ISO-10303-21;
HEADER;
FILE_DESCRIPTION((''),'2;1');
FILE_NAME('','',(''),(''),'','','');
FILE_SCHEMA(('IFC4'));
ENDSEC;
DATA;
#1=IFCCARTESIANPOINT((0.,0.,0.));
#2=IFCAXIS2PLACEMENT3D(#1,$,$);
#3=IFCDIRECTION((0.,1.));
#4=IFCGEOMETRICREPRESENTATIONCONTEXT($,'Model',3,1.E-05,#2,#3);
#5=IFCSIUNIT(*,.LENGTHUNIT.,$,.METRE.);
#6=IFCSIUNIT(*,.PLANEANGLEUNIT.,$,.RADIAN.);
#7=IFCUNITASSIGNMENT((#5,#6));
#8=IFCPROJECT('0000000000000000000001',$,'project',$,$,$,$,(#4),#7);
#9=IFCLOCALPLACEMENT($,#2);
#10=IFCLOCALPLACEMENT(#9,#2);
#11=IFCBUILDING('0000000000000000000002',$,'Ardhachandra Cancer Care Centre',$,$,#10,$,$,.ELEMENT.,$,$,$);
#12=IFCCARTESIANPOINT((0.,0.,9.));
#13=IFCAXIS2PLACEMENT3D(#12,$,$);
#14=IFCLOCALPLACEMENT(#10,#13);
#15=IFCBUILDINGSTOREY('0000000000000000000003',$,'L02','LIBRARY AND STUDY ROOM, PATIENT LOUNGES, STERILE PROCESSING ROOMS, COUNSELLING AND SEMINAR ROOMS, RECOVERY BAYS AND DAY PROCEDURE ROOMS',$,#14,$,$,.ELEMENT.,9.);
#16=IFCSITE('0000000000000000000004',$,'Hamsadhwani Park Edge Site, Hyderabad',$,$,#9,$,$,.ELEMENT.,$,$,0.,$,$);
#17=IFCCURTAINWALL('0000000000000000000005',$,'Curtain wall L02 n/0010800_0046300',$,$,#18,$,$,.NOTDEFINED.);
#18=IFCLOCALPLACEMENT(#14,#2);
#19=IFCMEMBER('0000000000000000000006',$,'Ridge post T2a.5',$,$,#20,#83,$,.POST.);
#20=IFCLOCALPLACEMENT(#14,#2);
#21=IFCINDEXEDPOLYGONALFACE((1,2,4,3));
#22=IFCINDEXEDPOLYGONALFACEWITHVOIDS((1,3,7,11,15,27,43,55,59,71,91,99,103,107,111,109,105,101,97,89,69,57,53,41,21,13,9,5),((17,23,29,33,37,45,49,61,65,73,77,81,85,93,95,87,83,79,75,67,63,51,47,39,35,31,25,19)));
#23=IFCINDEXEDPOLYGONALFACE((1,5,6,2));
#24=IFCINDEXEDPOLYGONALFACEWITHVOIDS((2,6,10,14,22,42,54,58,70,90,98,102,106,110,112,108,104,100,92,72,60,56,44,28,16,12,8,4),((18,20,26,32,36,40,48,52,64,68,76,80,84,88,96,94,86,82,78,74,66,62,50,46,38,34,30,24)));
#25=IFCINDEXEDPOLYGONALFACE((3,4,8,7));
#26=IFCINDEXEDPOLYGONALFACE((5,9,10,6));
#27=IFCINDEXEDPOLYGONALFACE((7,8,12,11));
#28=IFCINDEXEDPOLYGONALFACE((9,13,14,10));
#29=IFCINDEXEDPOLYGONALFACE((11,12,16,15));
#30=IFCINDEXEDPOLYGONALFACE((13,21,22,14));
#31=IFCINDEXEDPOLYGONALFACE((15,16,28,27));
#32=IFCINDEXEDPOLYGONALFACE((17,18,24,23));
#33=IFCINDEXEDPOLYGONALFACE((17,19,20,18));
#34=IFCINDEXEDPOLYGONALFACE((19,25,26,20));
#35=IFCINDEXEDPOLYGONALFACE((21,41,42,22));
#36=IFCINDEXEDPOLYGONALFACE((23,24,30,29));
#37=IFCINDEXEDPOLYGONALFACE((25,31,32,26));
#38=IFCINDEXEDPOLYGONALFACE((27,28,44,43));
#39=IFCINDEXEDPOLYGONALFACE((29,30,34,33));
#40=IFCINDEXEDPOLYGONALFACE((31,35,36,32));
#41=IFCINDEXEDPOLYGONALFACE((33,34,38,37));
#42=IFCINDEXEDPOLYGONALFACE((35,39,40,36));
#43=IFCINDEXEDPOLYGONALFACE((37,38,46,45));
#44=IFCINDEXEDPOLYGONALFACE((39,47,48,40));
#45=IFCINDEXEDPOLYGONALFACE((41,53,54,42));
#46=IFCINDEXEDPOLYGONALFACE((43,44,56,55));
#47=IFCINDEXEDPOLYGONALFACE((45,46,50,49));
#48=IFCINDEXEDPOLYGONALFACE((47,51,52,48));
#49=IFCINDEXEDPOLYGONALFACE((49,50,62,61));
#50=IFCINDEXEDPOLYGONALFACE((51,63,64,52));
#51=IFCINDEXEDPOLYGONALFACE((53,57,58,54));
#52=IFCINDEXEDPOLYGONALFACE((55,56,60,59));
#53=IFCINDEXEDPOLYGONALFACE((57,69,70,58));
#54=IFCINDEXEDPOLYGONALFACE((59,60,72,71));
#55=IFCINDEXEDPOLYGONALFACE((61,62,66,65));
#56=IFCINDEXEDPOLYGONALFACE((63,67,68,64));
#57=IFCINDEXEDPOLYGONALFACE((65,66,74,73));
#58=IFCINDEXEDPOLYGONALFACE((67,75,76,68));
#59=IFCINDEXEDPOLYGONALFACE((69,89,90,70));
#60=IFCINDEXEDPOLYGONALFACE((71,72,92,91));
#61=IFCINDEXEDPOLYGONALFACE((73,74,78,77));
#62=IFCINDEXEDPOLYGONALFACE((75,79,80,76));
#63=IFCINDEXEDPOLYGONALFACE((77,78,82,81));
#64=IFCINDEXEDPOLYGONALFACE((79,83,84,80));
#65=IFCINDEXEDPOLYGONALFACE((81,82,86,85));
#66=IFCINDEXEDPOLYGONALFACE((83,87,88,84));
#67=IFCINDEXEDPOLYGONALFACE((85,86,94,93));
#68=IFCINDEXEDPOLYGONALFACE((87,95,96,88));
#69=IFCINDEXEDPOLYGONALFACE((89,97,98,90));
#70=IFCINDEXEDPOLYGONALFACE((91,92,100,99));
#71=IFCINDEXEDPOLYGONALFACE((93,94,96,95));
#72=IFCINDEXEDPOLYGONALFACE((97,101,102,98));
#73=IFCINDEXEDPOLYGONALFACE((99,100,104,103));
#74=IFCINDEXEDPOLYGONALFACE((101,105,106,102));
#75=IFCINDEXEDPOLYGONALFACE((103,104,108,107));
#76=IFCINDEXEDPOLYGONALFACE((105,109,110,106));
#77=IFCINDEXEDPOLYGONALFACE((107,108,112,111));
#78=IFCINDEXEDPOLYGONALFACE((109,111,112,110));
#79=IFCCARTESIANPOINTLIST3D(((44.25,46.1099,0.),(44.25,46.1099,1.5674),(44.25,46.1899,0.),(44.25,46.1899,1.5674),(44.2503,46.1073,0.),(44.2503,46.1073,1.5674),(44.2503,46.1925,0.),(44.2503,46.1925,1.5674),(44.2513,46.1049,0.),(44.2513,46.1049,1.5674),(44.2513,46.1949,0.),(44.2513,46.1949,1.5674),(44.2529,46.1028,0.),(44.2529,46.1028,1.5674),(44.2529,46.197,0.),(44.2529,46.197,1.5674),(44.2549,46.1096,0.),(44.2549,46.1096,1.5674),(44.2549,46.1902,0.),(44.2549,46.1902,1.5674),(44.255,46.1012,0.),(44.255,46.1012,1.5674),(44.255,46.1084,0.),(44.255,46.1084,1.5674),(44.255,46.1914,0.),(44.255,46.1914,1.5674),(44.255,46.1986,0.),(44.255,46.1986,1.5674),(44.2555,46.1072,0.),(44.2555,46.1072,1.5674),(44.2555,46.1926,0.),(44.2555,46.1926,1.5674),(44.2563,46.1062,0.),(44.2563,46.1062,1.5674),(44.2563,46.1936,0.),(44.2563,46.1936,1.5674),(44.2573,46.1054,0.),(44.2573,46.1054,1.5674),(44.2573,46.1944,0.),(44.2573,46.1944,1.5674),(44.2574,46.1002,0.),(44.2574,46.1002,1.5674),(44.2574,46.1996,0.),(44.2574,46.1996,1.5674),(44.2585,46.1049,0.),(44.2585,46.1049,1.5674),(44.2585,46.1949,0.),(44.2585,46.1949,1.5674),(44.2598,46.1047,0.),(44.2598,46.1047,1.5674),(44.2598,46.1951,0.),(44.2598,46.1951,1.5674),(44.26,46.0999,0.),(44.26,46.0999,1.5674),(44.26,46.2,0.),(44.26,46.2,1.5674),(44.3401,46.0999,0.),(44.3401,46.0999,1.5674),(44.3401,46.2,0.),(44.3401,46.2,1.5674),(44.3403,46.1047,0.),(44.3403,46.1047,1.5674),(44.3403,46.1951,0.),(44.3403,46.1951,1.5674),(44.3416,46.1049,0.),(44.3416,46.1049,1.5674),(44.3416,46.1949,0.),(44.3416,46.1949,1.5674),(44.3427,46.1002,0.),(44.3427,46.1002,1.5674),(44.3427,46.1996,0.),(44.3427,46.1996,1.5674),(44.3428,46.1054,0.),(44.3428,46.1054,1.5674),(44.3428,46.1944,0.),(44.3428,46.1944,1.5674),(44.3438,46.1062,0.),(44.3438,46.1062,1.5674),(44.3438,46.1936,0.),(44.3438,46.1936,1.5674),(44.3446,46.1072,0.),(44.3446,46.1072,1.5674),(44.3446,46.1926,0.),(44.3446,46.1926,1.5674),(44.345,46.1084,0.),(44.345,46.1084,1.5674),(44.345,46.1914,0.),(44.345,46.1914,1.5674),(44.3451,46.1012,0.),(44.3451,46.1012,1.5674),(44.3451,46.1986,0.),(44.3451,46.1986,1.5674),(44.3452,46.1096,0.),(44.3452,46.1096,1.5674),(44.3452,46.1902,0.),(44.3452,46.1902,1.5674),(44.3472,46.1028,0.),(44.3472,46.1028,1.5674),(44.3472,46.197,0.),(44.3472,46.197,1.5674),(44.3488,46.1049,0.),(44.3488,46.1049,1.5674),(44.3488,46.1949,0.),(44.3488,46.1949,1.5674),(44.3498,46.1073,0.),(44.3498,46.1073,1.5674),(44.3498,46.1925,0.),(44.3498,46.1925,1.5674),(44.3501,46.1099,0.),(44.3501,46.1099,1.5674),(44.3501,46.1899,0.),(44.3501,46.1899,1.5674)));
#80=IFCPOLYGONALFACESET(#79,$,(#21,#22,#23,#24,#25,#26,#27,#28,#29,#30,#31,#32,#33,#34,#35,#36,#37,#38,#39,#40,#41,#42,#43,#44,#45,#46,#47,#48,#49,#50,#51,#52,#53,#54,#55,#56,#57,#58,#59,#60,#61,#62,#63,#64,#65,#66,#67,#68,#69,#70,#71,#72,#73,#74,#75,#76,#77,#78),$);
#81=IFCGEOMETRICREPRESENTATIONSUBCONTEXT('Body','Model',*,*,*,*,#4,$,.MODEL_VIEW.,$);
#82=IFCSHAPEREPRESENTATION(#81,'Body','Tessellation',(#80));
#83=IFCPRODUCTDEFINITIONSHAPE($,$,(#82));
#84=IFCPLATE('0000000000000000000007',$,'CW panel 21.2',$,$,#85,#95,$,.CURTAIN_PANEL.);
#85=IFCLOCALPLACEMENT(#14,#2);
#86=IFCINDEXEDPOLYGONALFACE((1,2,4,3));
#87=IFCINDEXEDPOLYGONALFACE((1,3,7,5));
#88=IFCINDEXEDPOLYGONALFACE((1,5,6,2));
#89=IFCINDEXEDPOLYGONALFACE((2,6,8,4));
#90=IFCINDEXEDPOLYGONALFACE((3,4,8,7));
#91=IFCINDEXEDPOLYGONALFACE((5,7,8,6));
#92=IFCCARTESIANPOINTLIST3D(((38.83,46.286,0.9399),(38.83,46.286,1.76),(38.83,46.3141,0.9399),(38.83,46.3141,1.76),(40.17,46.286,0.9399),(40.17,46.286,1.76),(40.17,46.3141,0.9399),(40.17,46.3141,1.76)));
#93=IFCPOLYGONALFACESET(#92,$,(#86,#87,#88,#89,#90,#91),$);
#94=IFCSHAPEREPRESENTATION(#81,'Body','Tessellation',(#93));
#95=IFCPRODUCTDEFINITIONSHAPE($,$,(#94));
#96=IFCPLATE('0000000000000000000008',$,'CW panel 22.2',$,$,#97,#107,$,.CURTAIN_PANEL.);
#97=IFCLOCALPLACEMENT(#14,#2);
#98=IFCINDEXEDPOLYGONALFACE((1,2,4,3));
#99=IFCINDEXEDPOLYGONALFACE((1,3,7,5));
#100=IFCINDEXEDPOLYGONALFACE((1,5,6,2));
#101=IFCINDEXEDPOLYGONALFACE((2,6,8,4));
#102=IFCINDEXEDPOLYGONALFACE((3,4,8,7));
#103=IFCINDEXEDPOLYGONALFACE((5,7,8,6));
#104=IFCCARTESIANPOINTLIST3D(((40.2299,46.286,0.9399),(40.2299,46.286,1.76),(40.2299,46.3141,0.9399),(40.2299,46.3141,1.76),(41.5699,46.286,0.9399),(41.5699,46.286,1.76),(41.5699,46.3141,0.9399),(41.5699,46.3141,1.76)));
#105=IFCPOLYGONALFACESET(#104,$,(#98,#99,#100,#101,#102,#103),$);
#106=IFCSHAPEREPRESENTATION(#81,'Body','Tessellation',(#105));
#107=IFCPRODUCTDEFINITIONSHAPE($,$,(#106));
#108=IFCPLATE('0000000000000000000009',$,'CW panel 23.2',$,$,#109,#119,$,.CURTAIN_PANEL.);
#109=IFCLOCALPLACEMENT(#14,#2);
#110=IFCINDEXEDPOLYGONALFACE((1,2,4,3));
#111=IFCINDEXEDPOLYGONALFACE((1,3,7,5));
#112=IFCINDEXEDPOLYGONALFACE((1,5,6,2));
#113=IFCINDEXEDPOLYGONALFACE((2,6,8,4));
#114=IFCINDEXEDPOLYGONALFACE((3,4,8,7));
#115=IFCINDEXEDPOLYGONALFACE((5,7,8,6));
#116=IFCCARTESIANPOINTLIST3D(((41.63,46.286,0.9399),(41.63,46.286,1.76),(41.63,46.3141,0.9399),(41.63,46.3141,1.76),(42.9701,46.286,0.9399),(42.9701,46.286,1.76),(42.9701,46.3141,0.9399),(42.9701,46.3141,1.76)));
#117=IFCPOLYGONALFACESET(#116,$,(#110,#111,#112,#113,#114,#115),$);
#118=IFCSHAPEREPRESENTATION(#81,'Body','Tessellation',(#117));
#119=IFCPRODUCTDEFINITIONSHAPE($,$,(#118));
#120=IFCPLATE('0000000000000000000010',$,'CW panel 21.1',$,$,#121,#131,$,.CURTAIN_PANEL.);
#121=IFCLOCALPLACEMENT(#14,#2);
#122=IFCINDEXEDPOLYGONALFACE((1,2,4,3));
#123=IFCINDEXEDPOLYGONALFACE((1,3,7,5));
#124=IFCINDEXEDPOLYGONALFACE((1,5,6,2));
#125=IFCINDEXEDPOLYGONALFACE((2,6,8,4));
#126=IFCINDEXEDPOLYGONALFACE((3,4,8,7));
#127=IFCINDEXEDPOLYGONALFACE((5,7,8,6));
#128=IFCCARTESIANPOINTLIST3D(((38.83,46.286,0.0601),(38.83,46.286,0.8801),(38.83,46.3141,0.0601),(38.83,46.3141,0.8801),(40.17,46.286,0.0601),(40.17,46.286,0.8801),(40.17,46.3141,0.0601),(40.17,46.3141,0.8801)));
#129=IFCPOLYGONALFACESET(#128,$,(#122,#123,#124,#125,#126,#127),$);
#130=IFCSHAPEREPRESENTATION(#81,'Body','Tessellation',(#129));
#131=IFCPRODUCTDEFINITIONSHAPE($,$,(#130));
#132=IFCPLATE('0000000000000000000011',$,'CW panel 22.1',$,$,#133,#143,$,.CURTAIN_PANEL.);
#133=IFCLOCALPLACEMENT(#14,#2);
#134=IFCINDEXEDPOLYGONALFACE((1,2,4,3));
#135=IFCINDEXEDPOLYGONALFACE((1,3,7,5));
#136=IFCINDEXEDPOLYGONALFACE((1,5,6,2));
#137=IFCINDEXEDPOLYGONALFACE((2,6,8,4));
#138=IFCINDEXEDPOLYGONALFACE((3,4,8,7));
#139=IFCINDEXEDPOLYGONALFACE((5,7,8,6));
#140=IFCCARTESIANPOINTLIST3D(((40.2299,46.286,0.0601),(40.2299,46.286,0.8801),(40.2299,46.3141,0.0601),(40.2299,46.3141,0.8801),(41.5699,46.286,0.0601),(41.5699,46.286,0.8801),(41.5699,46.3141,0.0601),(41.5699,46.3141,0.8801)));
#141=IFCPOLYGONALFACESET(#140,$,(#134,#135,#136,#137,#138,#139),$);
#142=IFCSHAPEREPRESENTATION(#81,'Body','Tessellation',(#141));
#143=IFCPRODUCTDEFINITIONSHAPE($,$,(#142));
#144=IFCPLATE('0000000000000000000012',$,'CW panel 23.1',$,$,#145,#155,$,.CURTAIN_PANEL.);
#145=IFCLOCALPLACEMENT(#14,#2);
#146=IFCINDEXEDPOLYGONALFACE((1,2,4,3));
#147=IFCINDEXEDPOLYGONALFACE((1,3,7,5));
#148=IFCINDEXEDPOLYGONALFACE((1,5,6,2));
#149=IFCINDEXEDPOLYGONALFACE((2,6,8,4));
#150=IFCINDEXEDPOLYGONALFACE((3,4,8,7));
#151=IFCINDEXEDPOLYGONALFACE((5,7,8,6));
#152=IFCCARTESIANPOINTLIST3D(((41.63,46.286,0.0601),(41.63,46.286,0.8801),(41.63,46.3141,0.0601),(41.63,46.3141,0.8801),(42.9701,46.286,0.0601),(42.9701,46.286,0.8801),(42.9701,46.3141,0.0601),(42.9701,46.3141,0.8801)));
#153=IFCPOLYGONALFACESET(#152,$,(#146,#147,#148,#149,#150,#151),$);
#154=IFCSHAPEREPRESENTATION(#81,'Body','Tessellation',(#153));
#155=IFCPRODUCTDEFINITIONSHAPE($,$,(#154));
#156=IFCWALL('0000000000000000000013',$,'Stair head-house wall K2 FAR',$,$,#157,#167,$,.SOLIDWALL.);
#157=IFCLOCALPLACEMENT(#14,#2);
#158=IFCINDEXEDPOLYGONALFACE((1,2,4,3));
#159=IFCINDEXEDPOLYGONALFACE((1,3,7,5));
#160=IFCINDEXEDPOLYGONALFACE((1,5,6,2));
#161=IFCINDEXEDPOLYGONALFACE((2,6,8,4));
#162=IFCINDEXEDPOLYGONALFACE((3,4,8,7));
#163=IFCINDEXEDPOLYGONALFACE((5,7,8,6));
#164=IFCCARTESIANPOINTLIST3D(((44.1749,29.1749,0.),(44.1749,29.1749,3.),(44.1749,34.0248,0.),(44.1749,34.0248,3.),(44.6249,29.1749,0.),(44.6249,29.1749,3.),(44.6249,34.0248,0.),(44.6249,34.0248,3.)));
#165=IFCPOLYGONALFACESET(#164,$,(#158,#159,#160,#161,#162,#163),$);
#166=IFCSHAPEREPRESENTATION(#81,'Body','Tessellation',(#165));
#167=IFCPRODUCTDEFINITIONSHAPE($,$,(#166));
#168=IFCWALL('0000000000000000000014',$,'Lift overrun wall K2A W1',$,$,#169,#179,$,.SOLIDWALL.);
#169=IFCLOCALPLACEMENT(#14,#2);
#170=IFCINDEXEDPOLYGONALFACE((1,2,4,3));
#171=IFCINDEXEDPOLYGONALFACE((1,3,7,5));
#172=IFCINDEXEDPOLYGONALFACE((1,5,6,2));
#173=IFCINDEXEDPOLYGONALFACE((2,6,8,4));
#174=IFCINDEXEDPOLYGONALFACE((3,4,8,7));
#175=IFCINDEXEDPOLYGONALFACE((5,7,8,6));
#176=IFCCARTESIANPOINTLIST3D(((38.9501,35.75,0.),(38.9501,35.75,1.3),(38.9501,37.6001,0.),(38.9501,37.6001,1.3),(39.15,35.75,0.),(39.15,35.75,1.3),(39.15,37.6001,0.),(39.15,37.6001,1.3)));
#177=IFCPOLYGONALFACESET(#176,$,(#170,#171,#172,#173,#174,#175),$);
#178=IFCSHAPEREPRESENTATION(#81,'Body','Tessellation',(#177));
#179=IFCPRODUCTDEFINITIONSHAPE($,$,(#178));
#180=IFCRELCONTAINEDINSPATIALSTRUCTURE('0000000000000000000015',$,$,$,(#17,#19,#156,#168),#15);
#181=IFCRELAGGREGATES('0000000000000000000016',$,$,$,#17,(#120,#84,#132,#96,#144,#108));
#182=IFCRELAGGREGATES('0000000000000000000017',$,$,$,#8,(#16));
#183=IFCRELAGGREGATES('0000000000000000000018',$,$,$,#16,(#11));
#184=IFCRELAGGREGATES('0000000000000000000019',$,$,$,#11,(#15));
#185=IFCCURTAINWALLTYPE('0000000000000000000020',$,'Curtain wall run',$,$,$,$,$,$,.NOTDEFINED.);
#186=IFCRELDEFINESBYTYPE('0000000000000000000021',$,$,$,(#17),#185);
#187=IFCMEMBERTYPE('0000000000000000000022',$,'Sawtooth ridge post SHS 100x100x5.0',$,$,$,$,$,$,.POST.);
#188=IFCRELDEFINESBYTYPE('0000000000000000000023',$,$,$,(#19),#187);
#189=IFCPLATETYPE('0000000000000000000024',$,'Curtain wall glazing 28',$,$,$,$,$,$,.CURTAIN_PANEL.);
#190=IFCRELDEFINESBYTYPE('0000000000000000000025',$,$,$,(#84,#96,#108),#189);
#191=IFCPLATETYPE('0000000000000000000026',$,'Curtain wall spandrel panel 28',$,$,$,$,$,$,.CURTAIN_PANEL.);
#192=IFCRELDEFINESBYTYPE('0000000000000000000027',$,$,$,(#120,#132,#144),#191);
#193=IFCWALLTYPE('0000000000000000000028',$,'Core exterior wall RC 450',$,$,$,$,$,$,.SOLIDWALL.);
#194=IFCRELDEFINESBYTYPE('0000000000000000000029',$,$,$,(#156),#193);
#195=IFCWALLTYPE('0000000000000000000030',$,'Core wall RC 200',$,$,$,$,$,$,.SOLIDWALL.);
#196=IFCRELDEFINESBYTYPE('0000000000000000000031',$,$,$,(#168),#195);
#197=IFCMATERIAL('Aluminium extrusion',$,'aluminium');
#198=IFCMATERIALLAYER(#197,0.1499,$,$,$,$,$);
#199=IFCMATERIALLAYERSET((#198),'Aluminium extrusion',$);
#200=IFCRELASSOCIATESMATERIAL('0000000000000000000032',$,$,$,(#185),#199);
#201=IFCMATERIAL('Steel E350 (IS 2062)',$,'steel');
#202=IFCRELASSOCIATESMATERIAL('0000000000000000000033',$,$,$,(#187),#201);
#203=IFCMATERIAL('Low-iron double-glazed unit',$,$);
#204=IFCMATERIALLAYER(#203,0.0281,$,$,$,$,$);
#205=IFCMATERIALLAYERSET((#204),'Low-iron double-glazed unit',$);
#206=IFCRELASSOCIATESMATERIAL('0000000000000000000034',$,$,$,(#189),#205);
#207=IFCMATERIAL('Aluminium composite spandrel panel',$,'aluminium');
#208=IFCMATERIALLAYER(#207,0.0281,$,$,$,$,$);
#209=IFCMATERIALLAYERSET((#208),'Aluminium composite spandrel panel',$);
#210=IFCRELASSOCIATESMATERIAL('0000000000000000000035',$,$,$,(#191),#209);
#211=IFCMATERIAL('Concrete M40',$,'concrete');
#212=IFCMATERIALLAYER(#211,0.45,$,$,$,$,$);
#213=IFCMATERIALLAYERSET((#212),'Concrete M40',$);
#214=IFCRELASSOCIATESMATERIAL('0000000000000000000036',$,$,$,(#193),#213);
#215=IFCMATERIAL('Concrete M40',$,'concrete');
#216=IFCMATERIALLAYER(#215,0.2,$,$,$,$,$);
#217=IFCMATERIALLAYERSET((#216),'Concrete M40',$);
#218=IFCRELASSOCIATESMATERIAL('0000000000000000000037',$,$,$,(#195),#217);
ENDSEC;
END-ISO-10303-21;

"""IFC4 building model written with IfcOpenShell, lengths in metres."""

from ifc_helpers import new_model, si_unit, direction, frame, frame_2d, origin, origin_2d, place, context, subcontext, project, spatial, rectangle, hollow_rectangle, extrude, material, layer, layer_set, material_profile, profile_set, type_object, element, aggregate, save


model = new_model("IFC4")

# Units and contexts
model_context = context("Model", 3, precision=1e-05, world=origin(), true_north=direction((0.0, 1.0)))
body_context = subcontext(model_context, "Body", "Model", "MODEL_VIEW")
ifc_project = project(units=[si_unit("LENGTHUNIT", "METRE"), si_unit("PLANEANGLEUNIT", "RADIAN")], contexts=[model_context])

# Site, building, storey
site_placement = place(None, origin())
site = spatial("IfcSite", under=ifc_project, at=site_placement, Name="Hamsadhwani Park Edge Site, Hyderabad", CompositionType="ELEMENT", RefElevation=0.0)
building_placement = place(site_placement, origin())
building = spatial("IfcBuilding", under=site, at=building_placement, Name="Ardhachandra Cancer Care Centre", CompositionType="ELEMENT")
storey_placement = place(building_placement, frame((0.0, 0.0, 9.0)))
storey = spatial("IfcBuildingStorey", under=building, at=storey_placement, Name="L02", Description="LIBRARY AND STUDY ROOM, PATIENT LOUNGES, STERILE PROCESSING ROOMS, COUNSELLING AND SEMINAR ROOMS, RECOVERY BAYS AND DAY PROCEDURE ROOMS", CompositionType="ELEMENT", Elevation=9.0)

# Curtain wall
ifc_material_1 = material(Name="Aluminium extrusion", Category="aluminium")
ifc_layer_1 = layer(ifc_material_1, 0.1499)
ifc_layer_set_1 = layer_set([ifc_layer_1], Name="Aluminium extrusion")
curtain_wall_type = type_object("IfcCurtainWallType", Name="Curtain wall run", PredefinedType="NOTDEFINED", material=ifc_layer_set_1)
curtain_wall_placement = place(storey_placement, origin())
curtain_wall = element("IfcCurtainWall", 1, at=curtain_wall_placement, inside=storey, type_object=curtain_wall_type, Name="Curtain wall L02 n/0010800_0046300", PredefinedType="NOTDEFINED")

# Member
ifc_material_2 = material(Name="Steel E350 (IS 2062)", Category="steel")
ifc_material_profile_1 = material_profile(ifc_material_2, hollow_rectangle(XDim=0.1001, YDim=0.1001, WallThickness=0.0049, InnerFilletRadius=0.0049, OuterFilletRadius=0.01, at=origin_2d()), Name="SHS 100x100x5.0")
ifc_profile_set_1 = profile_set([ifc_material_profile_1], Name="Steel E350 (IS 2062)")
member_type_1 = type_object("IfcMemberType", Name="Sawtooth ridge post SHS 100x100x5.0", PredefinedType="POST", material=ifc_profile_set_1)
member_1_placement = place(storey_placement, frame((44.3, 46.1499, 0.0), z_axis=(0.0, 0.0, 1.0), x_axis=(1.0, 0.0, 0.0)))
element("IfcMember", 2, at=member_1_placement, inside=storey, type_object=member_type_1, Name="Ridge post T2a.5", PredefinedType="POST", context=body_context, shape_type="SweptSolid", body=[
    extrude(hollow_rectangle(XDim=0.1001, YDim=0.1001, WallThickness=0.0049, InnerFilletRadius=0.0049, OuterFilletRadius=0.01, at=origin_2d()), origin(), (0.0, 0.0, 1.0), 1.5674),
])

# Plates
ifc_material_3 = material(Name="Low-iron double-glazed unit")
ifc_layer_2 = layer(ifc_material_3, 0.0281)
ifc_layer_set_2 = layer_set([ifc_layer_2], Name="Low-iron double-glazed unit")
plate_type_1 = type_object("IfcPlateType", Name="Curtain wall glazing 28", PredefinedType="CURTAIN_PANEL", material=ifc_layer_set_2)
plate_1_placement = place(storey_placement, frame((39.5, 46.3, 0.9399), z_axis=(0.0, 0.0, 1.0), x_axis=(1.0, 0.0, 0.0)))
plate_1 = element("IfcPlate", 3, at=plate_1_placement, type_object=plate_type_1, Name="CW panel 21.2", PredefinedType="CURTAIN_PANEL", context=body_context, shape_type="SweptSolid", body=[
    extrude(rectangle(XDim=1.3401, YDim=0.0281, at=origin_2d()), origin(), (0.0, 0.0, 1.0), 0.8201),
])
plate_2_placement = place(storey_placement, frame((40.8999, 46.3, 0.9399), z_axis=(0.0, 0.0, 1.0), x_axis=(1.0, 0.0, 0.0)))
plate_2 = element("IfcPlate", 4, at=plate_2_placement, type_object=plate_type_1, Name="CW panel 22.2", PredefinedType="CURTAIN_PANEL", context=body_context, shape_type="SweptSolid", body=[
    extrude(rectangle(XDim=1.3401, YDim=0.0281, at=origin_2d()), origin(), (0.0, 0.0, 1.0), 0.8201),
])
plate_3_placement = place(storey_placement, frame((42.3, 46.3, 0.9399), z_axis=(0.0, 0.0, 1.0), x_axis=(1.0, 0.0, 0.0)))
plate_3 = element("IfcPlate", 5, at=plate_3_placement, type_object=plate_type_1, Name="CW panel 23.2", PredefinedType="CURTAIN_PANEL", context=body_context, shape_type="SweptSolid", body=[
    extrude(rectangle(XDim=1.3401, YDim=0.0281, at=origin_2d()), origin(), (0.0, 0.0, 1.0), 0.8201),
])
ifc_material_4 = material(Name="Aluminium composite spandrel panel", Category="aluminium")
ifc_layer_3 = layer(ifc_material_4, 0.0281)
ifc_layer_set_3 = layer_set([ifc_layer_3], Name="Aluminium composite spandrel panel")
plate_type_2 = type_object("IfcPlateType", Name="Curtain wall spandrel panel 28", PredefinedType="CURTAIN_PANEL", material=ifc_layer_set_3)
plate_4_placement = place(storey_placement, frame((39.5, 46.3, 0.0601), z_axis=(0.0, 0.0, 1.0), x_axis=(1.0, 0.0, 0.0)))
plate_4 = element("IfcPlate", 6, at=plate_4_placement, type_object=plate_type_2, Name="CW panel 21.1", PredefinedType="CURTAIN_PANEL", context=body_context, shape_type="SweptSolid", body=[
    extrude(rectangle(XDim=1.3401, YDim=0.0281, at=origin_2d()), origin(), (0.0, 0.0, 1.0), 0.8201),
])
plate_5_placement = place(storey_placement, frame((40.8999, 46.3, 0.0601), z_axis=(0.0, 0.0, 1.0), x_axis=(1.0, 0.0, 0.0)))
plate_5 = element("IfcPlate", 7, at=plate_5_placement, type_object=plate_type_2, Name="CW panel 22.1", PredefinedType="CURTAIN_PANEL", context=body_context, shape_type="SweptSolid", body=[
    extrude(rectangle(XDim=1.3401, YDim=0.0281, at=origin_2d()), origin(), (0.0, 0.0, 1.0), 0.8201),
])
plate_6_placement = place(storey_placement, frame((42.3, 46.3, 0.0601), z_axis=(0.0, 0.0, 1.0), x_axis=(1.0, 0.0, 0.0)))
plate_6 = element("IfcPlate", 8, at=plate_6_placement, type_object=plate_type_2, Name="CW panel 23.1", PredefinedType="CURTAIN_PANEL", context=body_context, shape_type="SweptSolid", body=[
    extrude(rectangle(XDim=1.3401, YDim=0.0281, at=origin_2d()), origin(), (0.0, 0.0, 1.0), 0.8201),
])
aggregate(curtain_wall, [plate_4, plate_1, plate_5, plate_2, plate_6, plate_3])

# Walls
ifc_material_5 = material(Name="Concrete M40", Category="concrete")
ifc_layer_4 = layer(ifc_material_5, 0.45)
ifc_layer_set_4 = layer_set([ifc_layer_4], Name="Concrete M40")
wall_type_1 = type_object("IfcWallType", Name="Core exterior wall RC 450", PredefinedType="SOLIDWALL", material=ifc_layer_set_4)
wall_1_placement = place(storey_placement, frame((44.3999, 29.175, 0.0), z_axis=(0.0, 0.0, 1.0), x_axis=(0.0, 1.0, 0.0)))
element("IfcWall", 9, at=wall_1_placement, inside=storey, type_object=wall_type_1, Name="Stair head-house wall K2 FAR", PredefinedType="SOLIDWALL", context=body_context, shape_type="SweptSolid", body=[
    extrude(rectangle(XDim=4.8499, YDim=0.45, at=frame_2d((2.4248, 0.0))), origin(), (0.0, 0.0, 1.0), 3.0),
])
ifc_material_6 = material(Name="Concrete M40", Category="concrete")
ifc_layer_5 = layer(ifc_material_6, 0.2)
ifc_layer_set_5 = layer_set([ifc_layer_5], Name="Concrete M40")
wall_type_2 = type_object("IfcWallType", Name="Core wall RC 200", PredefinedType="SOLIDWALL", material=ifc_layer_set_5)
wall_2_placement = place(storey_placement, frame((39.05, 35.75, 0.0), z_axis=(0.0, 0.0, 1.0), x_axis=(0.0, 1.0, 0.0)))
element("IfcWall", 10, at=wall_2_placement, inside=storey, type_object=wall_type_2, Name="Lift overrun wall K2A W1", PredefinedType="SOLIDWALL", context=body_context, shape_type="SweptSolid", body=[
    extrude(rectangle(XDim=1.8501, YDim=0.2, at=frame_2d((0.925, 0.0))), origin(), (0.0, 0.0, 1.0), 1.3),
])

save(model, "model.ifc")
